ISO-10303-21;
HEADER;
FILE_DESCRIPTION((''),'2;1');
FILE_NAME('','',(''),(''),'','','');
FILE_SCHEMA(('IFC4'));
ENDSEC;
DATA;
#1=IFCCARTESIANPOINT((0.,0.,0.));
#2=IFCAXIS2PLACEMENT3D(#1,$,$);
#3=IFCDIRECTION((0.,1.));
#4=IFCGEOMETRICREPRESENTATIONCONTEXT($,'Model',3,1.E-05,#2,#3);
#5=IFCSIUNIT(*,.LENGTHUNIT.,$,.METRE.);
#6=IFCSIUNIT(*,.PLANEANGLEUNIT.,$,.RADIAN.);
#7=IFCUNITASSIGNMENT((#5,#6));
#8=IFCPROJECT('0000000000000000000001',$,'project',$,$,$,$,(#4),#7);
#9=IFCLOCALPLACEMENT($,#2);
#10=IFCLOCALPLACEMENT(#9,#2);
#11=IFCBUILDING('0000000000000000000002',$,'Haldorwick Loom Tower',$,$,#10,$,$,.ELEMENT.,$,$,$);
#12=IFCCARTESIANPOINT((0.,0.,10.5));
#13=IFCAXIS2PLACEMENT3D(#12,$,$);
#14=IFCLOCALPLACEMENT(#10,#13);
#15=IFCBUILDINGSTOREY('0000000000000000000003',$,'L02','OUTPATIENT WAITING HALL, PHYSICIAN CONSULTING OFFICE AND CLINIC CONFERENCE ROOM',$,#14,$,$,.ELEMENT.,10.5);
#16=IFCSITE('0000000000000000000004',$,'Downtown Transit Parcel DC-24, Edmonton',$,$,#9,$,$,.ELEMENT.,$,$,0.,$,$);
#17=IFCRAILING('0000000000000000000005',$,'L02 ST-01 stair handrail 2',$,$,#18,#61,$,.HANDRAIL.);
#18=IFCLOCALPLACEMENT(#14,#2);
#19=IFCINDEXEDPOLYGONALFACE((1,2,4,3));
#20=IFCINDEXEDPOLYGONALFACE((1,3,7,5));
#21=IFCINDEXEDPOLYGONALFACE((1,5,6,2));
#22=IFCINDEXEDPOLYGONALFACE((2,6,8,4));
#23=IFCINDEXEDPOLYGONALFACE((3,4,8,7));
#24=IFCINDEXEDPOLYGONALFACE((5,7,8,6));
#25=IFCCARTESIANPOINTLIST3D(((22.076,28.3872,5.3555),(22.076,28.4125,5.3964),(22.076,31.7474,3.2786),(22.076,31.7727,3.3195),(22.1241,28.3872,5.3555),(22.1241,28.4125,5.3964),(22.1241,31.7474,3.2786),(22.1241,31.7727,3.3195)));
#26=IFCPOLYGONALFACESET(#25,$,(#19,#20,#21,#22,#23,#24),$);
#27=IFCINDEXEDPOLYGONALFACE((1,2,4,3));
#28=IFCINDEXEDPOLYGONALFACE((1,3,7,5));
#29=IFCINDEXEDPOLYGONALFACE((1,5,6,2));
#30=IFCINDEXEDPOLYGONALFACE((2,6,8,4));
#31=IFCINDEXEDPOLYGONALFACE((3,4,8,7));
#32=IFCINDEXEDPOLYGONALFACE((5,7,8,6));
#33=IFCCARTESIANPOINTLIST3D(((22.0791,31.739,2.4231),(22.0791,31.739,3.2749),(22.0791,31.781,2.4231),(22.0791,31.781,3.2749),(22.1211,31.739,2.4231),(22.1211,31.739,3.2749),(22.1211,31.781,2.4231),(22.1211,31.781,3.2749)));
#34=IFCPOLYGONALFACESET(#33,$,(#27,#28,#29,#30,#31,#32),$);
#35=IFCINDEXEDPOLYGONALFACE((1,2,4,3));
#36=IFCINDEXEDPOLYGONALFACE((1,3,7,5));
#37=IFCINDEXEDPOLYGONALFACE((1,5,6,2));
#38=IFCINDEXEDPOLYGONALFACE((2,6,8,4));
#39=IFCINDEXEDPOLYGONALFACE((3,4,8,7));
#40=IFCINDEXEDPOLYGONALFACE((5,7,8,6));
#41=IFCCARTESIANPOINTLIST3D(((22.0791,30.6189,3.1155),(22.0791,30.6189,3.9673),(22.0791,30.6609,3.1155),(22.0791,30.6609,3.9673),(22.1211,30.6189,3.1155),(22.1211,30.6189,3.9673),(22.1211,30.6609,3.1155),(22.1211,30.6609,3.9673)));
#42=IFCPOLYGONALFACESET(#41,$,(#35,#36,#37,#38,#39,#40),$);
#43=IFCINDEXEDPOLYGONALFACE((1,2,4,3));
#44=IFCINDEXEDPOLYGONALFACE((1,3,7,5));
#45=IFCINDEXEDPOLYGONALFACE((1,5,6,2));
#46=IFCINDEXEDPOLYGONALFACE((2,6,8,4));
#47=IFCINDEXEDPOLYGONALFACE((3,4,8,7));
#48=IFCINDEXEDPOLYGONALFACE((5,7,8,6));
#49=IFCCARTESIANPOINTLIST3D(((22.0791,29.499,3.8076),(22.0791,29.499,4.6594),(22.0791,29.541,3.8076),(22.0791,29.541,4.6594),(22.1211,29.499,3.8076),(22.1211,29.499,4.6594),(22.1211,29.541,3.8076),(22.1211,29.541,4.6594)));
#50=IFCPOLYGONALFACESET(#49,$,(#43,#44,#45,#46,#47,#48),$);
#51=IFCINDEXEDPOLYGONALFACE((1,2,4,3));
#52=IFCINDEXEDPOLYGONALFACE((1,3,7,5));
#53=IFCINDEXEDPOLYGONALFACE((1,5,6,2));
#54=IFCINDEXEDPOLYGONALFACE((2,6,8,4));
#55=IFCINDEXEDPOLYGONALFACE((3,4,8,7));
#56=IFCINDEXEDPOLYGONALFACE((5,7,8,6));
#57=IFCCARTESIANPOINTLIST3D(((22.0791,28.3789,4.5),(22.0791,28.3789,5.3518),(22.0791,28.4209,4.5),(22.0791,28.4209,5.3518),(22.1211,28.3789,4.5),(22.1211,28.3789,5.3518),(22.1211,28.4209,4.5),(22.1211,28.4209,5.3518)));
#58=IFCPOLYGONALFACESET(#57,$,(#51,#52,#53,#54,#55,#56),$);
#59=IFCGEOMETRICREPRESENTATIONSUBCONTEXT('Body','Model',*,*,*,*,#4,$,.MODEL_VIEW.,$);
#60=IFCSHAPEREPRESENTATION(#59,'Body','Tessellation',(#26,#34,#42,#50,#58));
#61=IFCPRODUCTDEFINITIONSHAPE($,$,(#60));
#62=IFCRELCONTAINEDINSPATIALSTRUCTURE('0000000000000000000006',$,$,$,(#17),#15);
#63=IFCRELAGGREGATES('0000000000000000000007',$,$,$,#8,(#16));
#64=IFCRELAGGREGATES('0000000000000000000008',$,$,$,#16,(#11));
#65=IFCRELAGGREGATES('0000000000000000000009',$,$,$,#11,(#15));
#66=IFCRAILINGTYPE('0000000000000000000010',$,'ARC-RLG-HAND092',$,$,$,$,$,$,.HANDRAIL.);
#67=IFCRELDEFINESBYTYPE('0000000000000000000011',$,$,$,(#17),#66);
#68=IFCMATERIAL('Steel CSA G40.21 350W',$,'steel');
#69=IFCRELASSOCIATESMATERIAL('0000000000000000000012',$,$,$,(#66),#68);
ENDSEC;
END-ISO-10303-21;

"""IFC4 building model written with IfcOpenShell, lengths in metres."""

from ifc_helpers import new_model, si_unit, direction, frame, origin, origin_2d, place, context, subcontext, project, spatial, rectangle, extrude, material, type_object, element, save


model = new_model("IFC4")

# Units and contexts
model_context = context("Model", 3, precision=1e-05, world=origin(), true_north=direction((0.0, 1.0)))
body_context = subcontext(model_context, "Body", "Model", "MODEL_VIEW")
ifc_project = project(units=[si_unit("LENGTHUNIT", "METRE"), si_unit("PLANEANGLEUNIT", "RADIAN")], contexts=[model_context])

# Site, building, storey
site_placement = place(None, origin())
site = spatial("IfcSite", under=ifc_project, at=site_placement, Name="Downtown Transit Parcel DC-24, Edmonton", CompositionType="ELEMENT", RefElevation=0.0)
building_placement = place(site_placement, origin())
building = spatial("IfcBuilding", under=site, at=building_placement, Name="Haldorwick Loom Tower", CompositionType="ELEMENT")
storey_placement = place(building_placement, frame((0.0, 0.0, 10.5)))
storey = spatial("IfcBuildingStorey", under=building, at=storey_placement, Name="L02", Description="OUTPATIENT WAITING HALL, PHYSICIAN CONSULTING OFFICE AND CLINIC CONFERENCE ROOM", CompositionType="ELEMENT", Elevation=10.5)

# Shared definitions
ifc_material_1 = material(Name="Steel CSA G40.21 350W", Category="steel")

# Railing
railing_type = type_object("IfcRailingType", Name="ARC-RLG-HAND092", PredefinedType="HANDRAIL", material=ifc_material_1)
railing_placement = place(storey_placement, frame((22.1001, 31.76, 2.4231)))
element("IfcRailing", 1, at=railing_placement, inside=storey, type_object=railing_type, Name="L02 ST-01 stair handrail 2", PredefinedType="HANDRAIL", context=body_context, shape_type="SweptSolid", body=[
    extrude(rectangle(XDim=0.0481, YDim=0.0481, at=origin_2d()), frame((0.0, 0.0, 0.876), z_axis=(0.0, -0.850623, 0.525776), x_axis=(1.0, 0.0, 0.0)), (0.0, 0.0, 1.0), 3.9502),
    extrude(rectangle(XDim=0.042, YDim=0.042, at=origin_2d()), origin(), (0.0, 0.0, 1.0), 0.8518),
    extrude(rectangle(XDim=0.042, YDim=0.042, at=origin_2d()), frame((0.0, -1.1201, 0.6924)), (0.0, 0.0, 1.0), 0.8518),
    extrude(rectangle(XDim=0.042, YDim=0.042, at=origin_2d()), frame((0.0, -2.24, 1.3845)), (0.0, 0.0, 1.0), 0.8518),
    extrude(rectangle(XDim=0.042, YDim=0.042, at=origin_2d()), frame((0.0, -3.3601, 2.0769)), (0.0, 0.0, 1.0), 0.8518),
])

save(model, "model.ifc")
